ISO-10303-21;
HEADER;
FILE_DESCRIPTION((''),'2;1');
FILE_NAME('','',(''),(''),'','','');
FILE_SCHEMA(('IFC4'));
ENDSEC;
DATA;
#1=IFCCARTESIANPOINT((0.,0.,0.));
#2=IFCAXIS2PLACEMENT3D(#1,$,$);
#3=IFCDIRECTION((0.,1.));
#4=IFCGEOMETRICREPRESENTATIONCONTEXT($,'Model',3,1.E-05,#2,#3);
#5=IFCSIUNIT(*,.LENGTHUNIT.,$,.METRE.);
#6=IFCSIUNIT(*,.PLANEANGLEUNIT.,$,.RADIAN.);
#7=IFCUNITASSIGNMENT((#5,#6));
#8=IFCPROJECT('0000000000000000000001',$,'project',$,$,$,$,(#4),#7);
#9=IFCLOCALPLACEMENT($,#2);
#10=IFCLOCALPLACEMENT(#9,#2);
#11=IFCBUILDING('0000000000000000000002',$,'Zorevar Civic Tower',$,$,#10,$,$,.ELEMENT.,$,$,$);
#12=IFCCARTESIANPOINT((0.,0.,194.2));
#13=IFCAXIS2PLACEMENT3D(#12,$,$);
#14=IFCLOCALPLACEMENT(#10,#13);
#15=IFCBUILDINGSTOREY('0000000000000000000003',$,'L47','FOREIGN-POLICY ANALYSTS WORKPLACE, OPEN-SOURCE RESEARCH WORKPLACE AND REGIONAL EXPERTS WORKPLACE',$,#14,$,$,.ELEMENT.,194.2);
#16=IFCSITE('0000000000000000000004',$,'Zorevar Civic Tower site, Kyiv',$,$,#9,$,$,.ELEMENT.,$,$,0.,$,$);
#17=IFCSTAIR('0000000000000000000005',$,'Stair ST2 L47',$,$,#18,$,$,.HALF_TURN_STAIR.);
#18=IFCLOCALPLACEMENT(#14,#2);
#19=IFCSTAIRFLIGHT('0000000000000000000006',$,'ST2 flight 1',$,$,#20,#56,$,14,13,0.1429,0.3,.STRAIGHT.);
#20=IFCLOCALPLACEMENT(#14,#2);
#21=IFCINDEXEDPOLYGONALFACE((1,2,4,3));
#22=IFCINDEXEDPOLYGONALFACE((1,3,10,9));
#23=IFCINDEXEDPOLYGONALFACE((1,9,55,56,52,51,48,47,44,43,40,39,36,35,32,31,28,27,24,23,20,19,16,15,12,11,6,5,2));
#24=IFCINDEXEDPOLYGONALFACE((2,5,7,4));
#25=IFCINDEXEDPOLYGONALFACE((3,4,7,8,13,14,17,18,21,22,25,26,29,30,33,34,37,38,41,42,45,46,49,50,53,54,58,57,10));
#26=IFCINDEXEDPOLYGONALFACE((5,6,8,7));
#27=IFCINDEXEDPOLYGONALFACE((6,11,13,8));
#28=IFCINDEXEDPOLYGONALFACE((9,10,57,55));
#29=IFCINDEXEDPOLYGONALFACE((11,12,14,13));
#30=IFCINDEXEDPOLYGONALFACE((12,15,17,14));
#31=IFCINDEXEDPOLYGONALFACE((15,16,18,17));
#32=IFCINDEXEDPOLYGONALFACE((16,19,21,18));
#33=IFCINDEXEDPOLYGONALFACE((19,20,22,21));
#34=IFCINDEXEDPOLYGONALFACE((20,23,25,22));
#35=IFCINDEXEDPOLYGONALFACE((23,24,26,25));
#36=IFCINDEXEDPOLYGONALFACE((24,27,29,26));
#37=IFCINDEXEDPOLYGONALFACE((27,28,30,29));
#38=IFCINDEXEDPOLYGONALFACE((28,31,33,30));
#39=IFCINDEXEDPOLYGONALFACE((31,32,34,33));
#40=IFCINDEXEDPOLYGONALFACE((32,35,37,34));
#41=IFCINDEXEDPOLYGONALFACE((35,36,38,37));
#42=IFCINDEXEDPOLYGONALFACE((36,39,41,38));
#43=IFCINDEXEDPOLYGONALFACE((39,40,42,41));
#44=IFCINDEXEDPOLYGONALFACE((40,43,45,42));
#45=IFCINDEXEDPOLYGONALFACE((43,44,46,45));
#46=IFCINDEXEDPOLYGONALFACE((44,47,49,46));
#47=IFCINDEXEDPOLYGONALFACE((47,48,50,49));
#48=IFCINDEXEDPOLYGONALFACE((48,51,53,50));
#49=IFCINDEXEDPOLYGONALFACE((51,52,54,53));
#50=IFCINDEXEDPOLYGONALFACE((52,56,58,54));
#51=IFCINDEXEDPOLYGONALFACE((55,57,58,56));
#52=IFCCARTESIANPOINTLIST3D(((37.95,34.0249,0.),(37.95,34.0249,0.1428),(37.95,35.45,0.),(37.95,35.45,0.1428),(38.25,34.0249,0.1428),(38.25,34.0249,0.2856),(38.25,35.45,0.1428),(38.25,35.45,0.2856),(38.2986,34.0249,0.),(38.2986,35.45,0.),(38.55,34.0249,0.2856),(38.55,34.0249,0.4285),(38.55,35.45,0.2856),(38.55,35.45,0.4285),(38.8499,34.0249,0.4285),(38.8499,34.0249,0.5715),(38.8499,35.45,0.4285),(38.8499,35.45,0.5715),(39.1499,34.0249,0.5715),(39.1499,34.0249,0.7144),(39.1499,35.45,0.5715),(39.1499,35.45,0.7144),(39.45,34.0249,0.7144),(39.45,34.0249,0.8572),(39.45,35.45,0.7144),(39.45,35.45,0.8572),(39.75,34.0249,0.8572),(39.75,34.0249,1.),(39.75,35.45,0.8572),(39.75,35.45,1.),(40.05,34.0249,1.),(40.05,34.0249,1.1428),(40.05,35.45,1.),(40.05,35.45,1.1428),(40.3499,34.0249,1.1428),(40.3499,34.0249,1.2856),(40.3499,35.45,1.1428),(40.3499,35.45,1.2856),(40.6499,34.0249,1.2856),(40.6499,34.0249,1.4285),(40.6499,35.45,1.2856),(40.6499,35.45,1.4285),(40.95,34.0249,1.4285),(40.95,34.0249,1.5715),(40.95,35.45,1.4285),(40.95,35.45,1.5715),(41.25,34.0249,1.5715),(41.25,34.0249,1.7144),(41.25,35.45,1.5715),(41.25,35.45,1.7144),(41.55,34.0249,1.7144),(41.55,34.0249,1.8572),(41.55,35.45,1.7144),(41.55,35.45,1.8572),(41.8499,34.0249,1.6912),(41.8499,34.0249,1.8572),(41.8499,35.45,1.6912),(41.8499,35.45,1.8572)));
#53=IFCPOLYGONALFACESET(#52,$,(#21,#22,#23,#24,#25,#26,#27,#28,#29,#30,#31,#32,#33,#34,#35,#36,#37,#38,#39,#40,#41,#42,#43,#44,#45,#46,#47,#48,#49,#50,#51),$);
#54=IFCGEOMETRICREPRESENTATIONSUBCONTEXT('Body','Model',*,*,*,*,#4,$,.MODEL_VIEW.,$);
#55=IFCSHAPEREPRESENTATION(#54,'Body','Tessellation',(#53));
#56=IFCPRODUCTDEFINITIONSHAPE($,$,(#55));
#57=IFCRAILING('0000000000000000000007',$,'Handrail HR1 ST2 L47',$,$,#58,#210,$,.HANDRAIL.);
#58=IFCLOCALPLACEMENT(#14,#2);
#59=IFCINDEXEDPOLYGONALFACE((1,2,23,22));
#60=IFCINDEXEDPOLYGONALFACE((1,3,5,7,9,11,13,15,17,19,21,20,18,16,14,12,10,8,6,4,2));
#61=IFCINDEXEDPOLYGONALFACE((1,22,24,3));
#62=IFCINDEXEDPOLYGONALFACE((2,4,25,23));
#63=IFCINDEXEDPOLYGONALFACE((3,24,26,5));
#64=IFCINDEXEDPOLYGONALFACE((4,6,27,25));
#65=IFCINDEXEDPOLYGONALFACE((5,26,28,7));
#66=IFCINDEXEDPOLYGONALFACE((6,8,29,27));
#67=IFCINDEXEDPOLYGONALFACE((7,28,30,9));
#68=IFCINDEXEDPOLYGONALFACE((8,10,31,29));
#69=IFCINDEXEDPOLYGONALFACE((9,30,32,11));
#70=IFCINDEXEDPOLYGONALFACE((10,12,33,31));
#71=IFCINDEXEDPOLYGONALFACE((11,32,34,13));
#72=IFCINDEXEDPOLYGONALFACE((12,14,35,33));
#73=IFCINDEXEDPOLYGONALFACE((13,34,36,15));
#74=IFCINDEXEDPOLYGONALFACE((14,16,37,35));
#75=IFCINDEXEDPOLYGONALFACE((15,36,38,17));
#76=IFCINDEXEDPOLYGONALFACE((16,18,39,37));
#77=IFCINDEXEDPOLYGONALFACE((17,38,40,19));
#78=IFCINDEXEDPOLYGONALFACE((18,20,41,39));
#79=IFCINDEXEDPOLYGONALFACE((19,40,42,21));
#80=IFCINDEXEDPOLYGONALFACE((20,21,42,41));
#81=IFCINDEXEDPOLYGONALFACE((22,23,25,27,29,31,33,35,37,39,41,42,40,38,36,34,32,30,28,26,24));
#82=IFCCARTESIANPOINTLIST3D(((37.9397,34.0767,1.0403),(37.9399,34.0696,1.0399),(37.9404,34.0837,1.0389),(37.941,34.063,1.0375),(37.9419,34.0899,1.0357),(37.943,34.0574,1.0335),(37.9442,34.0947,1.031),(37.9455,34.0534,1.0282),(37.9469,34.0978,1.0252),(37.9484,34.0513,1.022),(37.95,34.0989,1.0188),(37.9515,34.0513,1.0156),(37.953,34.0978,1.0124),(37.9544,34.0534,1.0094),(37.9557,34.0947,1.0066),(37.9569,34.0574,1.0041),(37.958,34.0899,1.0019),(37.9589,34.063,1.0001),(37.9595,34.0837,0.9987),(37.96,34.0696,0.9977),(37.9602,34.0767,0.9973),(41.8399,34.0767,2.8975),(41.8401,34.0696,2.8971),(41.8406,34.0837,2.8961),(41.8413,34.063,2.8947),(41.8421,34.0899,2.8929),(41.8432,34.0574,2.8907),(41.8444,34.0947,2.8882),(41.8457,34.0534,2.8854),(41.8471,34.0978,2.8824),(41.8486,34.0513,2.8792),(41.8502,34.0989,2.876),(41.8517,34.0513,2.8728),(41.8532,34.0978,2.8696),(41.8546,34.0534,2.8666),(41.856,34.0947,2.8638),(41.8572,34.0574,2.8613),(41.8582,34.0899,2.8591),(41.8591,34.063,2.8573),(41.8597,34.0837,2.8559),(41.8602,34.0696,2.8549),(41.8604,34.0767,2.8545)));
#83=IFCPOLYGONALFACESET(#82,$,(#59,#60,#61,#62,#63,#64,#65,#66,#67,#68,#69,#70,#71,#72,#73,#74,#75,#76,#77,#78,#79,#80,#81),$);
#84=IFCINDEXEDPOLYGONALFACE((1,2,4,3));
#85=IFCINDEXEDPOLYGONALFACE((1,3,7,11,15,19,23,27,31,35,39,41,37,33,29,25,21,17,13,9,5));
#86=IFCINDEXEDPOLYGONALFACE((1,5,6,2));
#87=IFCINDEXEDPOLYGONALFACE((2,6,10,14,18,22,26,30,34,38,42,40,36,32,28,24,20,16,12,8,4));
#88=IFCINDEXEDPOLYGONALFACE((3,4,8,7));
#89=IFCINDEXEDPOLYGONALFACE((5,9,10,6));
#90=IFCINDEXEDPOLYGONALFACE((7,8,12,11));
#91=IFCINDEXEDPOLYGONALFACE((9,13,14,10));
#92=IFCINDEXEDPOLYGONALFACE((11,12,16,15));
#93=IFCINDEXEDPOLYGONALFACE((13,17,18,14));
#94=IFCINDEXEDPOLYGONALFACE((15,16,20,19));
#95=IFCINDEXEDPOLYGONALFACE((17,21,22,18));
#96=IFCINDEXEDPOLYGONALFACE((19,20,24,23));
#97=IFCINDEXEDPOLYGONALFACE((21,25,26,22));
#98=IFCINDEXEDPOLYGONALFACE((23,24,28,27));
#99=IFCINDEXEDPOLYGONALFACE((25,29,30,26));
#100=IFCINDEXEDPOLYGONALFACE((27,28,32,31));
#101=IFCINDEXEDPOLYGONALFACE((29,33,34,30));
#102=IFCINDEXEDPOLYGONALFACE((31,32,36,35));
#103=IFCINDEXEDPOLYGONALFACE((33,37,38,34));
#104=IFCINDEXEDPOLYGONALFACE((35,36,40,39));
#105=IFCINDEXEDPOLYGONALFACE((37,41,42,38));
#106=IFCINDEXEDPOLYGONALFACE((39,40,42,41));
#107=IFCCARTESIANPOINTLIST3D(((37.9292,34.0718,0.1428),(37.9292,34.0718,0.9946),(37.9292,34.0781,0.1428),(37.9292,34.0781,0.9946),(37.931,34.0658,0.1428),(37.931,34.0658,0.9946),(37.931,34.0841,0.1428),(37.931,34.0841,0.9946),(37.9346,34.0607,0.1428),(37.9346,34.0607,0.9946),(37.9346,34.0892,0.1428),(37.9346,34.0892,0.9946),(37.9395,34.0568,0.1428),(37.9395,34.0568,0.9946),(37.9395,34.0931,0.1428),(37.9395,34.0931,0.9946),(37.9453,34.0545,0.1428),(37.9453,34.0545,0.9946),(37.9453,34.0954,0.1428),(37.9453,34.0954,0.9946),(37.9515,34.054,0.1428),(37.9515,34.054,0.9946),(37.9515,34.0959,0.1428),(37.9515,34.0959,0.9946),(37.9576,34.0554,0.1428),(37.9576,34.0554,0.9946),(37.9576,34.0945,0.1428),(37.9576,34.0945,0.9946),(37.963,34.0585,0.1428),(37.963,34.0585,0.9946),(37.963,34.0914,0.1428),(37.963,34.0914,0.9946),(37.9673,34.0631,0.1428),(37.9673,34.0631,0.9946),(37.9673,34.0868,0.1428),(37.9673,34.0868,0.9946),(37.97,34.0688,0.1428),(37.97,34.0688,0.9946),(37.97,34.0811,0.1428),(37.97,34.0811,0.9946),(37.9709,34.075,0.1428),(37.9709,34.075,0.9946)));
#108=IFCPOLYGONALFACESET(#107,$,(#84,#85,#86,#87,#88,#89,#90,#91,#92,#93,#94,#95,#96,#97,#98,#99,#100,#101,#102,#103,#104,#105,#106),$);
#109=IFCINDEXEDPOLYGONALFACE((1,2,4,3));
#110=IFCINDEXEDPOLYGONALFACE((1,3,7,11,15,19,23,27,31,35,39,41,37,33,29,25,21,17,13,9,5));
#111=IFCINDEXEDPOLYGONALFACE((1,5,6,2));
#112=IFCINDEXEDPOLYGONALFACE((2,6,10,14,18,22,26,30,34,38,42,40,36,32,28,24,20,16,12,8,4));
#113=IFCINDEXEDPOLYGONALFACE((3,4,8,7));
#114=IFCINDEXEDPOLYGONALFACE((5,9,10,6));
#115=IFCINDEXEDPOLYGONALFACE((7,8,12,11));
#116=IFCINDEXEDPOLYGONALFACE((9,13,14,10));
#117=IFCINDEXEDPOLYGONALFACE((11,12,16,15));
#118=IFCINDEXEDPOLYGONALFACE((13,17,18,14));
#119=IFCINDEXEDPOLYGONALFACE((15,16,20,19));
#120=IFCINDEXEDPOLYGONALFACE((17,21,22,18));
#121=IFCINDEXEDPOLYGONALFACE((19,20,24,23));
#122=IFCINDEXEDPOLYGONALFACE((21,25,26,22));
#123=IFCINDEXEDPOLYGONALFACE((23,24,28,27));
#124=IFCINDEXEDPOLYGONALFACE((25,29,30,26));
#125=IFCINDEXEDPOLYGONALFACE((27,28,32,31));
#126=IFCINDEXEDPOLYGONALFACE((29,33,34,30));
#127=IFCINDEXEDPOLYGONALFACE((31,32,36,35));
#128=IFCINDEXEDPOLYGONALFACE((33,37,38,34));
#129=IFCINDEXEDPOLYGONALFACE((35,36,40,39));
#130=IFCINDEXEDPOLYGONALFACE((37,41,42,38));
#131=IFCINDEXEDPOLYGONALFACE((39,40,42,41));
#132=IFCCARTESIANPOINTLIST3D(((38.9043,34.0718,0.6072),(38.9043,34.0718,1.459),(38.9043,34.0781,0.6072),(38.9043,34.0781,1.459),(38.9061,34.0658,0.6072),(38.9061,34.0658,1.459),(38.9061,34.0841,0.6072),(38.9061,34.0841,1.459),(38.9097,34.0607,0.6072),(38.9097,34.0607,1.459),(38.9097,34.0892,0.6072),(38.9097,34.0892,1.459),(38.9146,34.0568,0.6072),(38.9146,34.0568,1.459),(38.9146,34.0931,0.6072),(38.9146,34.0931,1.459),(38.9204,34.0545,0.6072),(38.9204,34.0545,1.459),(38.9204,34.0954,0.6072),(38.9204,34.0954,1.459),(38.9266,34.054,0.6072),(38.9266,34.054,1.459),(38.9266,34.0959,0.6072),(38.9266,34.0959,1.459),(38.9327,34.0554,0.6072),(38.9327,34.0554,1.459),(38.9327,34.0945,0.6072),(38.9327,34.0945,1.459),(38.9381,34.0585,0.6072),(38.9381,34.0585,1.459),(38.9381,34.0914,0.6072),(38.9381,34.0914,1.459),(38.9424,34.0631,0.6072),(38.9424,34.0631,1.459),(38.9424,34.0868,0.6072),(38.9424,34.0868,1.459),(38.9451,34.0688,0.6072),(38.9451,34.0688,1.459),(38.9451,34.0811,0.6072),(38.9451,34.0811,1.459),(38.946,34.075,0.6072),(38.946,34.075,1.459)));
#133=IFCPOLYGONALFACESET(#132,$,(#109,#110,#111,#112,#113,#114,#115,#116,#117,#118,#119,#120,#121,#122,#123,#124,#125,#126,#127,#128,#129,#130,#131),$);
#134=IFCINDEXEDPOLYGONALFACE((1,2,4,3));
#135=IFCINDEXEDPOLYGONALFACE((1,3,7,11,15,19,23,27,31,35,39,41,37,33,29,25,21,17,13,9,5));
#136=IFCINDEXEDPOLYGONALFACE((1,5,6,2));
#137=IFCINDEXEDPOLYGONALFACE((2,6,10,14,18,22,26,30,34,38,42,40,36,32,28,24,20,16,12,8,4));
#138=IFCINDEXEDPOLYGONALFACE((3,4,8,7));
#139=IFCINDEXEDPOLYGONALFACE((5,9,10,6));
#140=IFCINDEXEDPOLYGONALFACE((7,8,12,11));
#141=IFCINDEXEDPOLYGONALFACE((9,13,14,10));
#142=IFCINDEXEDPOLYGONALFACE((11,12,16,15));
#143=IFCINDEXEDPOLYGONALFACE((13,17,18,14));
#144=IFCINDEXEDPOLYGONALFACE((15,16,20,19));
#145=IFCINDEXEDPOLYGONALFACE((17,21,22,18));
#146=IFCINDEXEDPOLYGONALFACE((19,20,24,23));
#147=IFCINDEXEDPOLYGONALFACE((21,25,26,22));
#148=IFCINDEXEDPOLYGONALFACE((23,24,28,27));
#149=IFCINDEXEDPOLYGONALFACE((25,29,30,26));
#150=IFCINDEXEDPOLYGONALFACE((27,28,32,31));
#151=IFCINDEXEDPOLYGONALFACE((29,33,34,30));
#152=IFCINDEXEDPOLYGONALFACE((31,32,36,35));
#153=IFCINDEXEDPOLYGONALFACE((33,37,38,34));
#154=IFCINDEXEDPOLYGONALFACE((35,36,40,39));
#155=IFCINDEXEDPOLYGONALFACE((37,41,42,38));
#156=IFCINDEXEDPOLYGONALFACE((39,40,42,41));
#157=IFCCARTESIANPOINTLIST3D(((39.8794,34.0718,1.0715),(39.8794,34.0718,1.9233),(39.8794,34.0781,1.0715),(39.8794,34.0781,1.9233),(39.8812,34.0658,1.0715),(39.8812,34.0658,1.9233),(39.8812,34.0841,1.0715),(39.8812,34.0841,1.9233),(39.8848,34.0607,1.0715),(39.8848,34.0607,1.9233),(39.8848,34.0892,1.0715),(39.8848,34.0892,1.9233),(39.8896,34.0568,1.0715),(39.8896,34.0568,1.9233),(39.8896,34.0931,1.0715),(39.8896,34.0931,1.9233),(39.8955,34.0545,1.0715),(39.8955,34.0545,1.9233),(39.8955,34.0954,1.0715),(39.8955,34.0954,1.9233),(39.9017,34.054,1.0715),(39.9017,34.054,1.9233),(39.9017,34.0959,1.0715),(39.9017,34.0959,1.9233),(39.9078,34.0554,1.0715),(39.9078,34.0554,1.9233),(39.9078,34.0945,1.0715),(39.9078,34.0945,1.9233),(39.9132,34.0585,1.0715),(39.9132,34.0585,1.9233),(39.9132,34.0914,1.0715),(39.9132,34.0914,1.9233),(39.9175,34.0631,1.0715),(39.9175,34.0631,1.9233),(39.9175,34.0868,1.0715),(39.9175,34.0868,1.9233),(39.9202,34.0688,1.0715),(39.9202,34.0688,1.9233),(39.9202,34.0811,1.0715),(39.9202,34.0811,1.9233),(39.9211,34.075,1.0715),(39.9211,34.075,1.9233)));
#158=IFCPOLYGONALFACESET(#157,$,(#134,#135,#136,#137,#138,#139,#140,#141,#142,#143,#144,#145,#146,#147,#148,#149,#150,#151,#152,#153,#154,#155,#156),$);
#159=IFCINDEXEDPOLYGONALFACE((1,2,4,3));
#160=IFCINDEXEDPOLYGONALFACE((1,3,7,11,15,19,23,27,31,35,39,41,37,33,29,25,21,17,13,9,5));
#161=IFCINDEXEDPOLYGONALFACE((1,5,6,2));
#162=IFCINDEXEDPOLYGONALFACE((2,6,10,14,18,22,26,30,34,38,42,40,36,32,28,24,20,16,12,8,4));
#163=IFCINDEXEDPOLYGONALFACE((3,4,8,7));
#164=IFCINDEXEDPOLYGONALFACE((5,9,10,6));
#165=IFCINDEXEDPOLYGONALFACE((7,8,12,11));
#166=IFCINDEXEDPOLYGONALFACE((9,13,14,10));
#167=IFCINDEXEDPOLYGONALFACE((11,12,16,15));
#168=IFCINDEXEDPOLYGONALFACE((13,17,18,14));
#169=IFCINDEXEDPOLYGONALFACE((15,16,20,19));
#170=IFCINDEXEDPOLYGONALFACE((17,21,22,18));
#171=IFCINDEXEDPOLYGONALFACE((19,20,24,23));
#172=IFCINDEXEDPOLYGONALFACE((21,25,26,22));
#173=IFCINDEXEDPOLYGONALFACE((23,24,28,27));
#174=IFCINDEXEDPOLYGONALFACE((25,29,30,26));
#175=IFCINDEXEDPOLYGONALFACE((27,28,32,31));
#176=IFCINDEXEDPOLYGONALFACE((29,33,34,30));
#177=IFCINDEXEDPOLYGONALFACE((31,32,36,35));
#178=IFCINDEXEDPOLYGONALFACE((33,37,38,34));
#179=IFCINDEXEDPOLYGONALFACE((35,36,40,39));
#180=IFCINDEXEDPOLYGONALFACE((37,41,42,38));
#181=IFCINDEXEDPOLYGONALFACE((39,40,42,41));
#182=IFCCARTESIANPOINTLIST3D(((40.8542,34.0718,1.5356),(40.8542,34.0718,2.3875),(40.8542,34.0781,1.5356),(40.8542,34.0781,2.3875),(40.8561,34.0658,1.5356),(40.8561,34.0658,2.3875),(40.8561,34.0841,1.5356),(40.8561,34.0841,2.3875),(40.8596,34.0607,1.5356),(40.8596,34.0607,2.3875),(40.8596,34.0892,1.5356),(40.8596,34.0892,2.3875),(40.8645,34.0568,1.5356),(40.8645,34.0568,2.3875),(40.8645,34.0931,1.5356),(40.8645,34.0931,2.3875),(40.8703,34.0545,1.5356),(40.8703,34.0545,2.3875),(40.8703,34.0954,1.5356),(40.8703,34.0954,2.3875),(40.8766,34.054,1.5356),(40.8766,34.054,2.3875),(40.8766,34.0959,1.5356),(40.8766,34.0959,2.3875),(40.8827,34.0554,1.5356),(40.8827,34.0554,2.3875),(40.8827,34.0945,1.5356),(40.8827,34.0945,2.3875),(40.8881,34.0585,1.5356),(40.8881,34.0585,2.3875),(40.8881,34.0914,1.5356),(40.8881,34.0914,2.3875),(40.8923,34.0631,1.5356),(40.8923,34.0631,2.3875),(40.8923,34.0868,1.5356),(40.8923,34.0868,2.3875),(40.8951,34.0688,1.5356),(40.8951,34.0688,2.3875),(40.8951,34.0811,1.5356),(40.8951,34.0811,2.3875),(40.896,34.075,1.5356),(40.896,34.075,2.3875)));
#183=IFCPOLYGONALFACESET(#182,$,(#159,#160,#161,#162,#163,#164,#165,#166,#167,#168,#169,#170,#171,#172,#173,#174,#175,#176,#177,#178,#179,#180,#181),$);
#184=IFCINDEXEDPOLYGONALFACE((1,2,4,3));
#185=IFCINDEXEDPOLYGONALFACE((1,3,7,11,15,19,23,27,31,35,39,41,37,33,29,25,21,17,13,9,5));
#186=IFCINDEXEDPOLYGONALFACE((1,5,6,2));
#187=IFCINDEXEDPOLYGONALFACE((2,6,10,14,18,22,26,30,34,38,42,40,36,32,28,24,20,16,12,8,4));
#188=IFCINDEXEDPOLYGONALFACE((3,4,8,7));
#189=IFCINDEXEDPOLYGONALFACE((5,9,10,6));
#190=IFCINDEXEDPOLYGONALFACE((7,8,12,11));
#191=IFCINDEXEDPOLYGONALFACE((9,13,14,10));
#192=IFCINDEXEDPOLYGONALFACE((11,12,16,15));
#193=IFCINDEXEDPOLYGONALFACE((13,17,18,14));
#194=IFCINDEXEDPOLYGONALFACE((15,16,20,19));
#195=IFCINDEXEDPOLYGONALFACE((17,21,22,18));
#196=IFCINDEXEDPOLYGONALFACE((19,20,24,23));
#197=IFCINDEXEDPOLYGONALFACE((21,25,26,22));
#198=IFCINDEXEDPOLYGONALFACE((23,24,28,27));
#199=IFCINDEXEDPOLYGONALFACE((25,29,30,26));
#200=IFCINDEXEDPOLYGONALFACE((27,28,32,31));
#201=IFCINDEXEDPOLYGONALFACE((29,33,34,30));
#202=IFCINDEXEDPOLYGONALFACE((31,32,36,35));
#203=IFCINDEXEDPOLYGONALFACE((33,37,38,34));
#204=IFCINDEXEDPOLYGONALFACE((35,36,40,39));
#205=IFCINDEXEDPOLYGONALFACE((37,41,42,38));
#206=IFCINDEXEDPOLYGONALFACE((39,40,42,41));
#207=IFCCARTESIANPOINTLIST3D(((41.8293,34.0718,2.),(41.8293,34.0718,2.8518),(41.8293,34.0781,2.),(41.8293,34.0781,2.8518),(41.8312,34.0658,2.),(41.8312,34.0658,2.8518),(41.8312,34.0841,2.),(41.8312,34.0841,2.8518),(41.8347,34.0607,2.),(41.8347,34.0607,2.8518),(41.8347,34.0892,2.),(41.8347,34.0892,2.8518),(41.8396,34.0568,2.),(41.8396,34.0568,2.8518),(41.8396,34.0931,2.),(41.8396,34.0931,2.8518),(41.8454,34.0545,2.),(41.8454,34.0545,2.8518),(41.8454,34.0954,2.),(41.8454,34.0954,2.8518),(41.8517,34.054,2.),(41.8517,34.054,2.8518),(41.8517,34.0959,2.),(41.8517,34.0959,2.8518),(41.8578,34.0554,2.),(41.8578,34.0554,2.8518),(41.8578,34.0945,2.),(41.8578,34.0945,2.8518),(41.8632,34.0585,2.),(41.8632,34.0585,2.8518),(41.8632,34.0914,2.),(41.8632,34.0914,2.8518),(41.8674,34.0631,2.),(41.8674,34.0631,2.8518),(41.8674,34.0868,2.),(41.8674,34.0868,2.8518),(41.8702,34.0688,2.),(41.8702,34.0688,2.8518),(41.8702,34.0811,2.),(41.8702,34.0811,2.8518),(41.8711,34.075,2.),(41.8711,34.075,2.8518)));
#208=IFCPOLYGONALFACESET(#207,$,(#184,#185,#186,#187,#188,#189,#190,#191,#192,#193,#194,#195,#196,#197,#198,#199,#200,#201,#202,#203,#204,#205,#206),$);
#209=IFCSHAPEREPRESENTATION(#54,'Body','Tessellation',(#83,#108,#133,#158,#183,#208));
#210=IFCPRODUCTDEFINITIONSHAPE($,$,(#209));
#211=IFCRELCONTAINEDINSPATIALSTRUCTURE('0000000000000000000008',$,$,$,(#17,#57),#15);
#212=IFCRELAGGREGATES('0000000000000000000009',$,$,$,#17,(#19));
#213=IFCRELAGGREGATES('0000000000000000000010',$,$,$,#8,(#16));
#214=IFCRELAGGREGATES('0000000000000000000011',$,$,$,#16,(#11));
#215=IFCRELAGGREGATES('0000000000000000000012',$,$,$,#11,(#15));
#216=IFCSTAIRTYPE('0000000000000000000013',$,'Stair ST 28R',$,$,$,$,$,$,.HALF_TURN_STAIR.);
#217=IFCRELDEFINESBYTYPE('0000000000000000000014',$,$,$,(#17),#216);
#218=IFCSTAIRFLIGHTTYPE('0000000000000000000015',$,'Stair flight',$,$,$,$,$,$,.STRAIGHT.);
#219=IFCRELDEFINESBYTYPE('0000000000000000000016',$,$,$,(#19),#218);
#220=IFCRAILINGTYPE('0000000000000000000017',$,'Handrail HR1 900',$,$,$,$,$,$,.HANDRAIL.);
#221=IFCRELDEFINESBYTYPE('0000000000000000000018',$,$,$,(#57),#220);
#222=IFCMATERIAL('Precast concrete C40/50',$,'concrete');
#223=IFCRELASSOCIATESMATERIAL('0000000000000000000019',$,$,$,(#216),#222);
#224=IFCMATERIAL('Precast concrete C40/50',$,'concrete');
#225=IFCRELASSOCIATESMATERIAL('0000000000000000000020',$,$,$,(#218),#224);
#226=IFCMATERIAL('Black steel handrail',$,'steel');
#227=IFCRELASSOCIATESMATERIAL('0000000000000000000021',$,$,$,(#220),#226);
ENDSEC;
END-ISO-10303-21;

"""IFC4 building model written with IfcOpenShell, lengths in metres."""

from ifc_helpers import new_model, si_unit, direction, frame, origin, origin_2d, place, context, subcontext, project, spatial, polyline, circle, outline, extrude, material, type_object, element, aggregate, save


model = new_model("IFC4")

# Units and contexts
model_context = context("Model", 3, precision=1e-05, world=origin(), true_north=direction((0.0, 1.0)))
body_context = subcontext(model_context, "Body", "Model", "MODEL_VIEW")
ifc_project = project(units=[si_unit("LENGTHUNIT", "METRE"), si_unit("PLANEANGLEUNIT", "RADIAN")], contexts=[model_context])

# Site, building, storey
site_placement = place(None, origin())
site = spatial("IfcSite", under=ifc_project, at=site_placement, Name="Zorevar Civic Tower site, Kyiv", CompositionType="ELEMENT", RefElevation=0.0)
building_placement = place(site_placement, origin())
building = spatial("IfcBuilding", under=site, at=building_placement, Name="Zorevar Civic Tower", CompositionType="ELEMENT")
storey_placement = place(building_placement, frame((0.0, 0.0, 194.2)))
storey = spatial("IfcBuildingStorey", under=building, at=storey_placement, Name="L47", Description="FOREIGN-POLICY ANALYSTS WORKPLACE, OPEN-SOURCE RESEARCH WORKPLACE AND REGIONAL EXPERTS WORKPLACE", CompositionType="ELEMENT", Elevation=194.2)

# Stair, stair flight
ifc_material_1 = material(Name="Precast concrete C40/50", Category="concrete")
stair_type = type_object("IfcStairType", Name="Stair ST 28R", PredefinedType="HALF_TURN_STAIR", material=ifc_material_1)
ifc_material_2 = material(Name="Precast concrete C40/50", Category="concrete")
stair_flight_type = type_object("IfcStairFlightType", Name="Stair flight", PredefinedType="STRAIGHT", material=ifc_material_2)
stair_1_placement = place(storey_placement, origin())
stair_1 = element("IfcStair", 1, at=stair_1_placement, inside=storey, type_object=stair_type, Name="Stair ST2 L47", PredefinedType="HALF_TURN_STAIR")
stair_flight_1_placement = place(storey_placement, frame((37.95, 34.7375, 0.0), z_axis=(0.0, 0.0, 1.0), x_axis=(1.0, 0.0, 0.0)))
stair_flight_1 = element("IfcStairFlight", 2, at=stair_flight_1_placement, type_object=stair_flight_type, Name="ST2 flight 1", NumberOfRisers=14, NumberOfTreads=13, PredefinedType="STRAIGHT", RiserHeight=0.1429, TreadLength=0.3, context=body_context, shape_type="SweptSolid", body=[
    extrude(outline(polyline([(0.0, 0.0), (0.0, 0.1428), (0.3, 0.1428), (0.3, 0.2856), (0.6001, 0.2856), (0.6001, 0.4285), (0.8999, 0.4285), (0.8999, 0.5715), (1.2, 0.5715), (1.2, 0.7144), (1.5, 0.7144), (1.5, 0.8572), (1.8, 0.8572), (1.8, 1.0), (2.1001, 1.0), (2.1001, 1.1428), (2.3999, 1.1428), (2.3999, 1.2856), (2.7, 1.2856), (2.7, 1.4285), (3.0, 1.4285), (3.0, 1.5715), (3.3, 1.5715), (3.3, 1.7144), (3.6001, 1.7144), (3.6001, 1.8572), (3.8999, 1.8572), (3.8999, 2.0), (3.8999, 1.6912), (0.3486, 0.0), (0.0, 0.0)])), frame((0.0, 0.7124, 0.0), z_axis=(0.0, -1.0, 0.0), x_axis=(1.0, 0.0, 0.0)), (0.0, 0.0, 1.0), 1.425),
])
aggregate(stair_1, [stair_flight_1])

# Railing
ifc_material_3 = material(Name="Black steel handrail", Category="steel")
railing_type = type_object("IfcRailingType", Name="Handrail HR1 900", PredefinedType="HANDRAIL", material=ifc_material_3)
railing_placement = place(storey_placement, frame((37.95, 34.075, 0.1428)))
element("IfcRailing", 3, at=railing_placement, inside=storey, type_object=railing_type, Name="Handrail HR1 ST2 L47", PredefinedType="HANDRAIL", context=body_context, shape_type="SweptSolid", body=[
    extrude(circle(Radius=0.0239, at=origin_2d()), frame((0.0, 0.0, 0.876), z_axis=(0.902864, 0.0, 0.429927), x_axis=(0.0, 1.0, 0.0)), (0.0, 0.0, 1.0), 4.3198),
    extrude(circle(Radius=0.021, at=origin_2d()), origin(), (0.0, 0.0, 1.0), 0.8518),
    extrude(circle(Radius=0.021, at=origin_2d()), frame((0.9751, 0.0, 0.4644)), (0.0, 0.0, 1.0), 0.8518),
    extrude(circle(Radius=0.021, at=origin_2d()), frame((1.9502, 0.0, 0.9287)), (0.0, 0.0, 1.0), 0.8518),
    extrude(circle(Radius=0.021, at=origin_2d()), frame((2.925, 0.0, 1.3928)), (0.0, 0.0, 1.0), 0.8518),
    extrude(circle(Radius=0.021, at=origin_2d()), frame((3.9001, 0.0, 1.8572)), (0.0, 0.0, 1.0), 0.8518),
])

save(model, "model.ifc")
